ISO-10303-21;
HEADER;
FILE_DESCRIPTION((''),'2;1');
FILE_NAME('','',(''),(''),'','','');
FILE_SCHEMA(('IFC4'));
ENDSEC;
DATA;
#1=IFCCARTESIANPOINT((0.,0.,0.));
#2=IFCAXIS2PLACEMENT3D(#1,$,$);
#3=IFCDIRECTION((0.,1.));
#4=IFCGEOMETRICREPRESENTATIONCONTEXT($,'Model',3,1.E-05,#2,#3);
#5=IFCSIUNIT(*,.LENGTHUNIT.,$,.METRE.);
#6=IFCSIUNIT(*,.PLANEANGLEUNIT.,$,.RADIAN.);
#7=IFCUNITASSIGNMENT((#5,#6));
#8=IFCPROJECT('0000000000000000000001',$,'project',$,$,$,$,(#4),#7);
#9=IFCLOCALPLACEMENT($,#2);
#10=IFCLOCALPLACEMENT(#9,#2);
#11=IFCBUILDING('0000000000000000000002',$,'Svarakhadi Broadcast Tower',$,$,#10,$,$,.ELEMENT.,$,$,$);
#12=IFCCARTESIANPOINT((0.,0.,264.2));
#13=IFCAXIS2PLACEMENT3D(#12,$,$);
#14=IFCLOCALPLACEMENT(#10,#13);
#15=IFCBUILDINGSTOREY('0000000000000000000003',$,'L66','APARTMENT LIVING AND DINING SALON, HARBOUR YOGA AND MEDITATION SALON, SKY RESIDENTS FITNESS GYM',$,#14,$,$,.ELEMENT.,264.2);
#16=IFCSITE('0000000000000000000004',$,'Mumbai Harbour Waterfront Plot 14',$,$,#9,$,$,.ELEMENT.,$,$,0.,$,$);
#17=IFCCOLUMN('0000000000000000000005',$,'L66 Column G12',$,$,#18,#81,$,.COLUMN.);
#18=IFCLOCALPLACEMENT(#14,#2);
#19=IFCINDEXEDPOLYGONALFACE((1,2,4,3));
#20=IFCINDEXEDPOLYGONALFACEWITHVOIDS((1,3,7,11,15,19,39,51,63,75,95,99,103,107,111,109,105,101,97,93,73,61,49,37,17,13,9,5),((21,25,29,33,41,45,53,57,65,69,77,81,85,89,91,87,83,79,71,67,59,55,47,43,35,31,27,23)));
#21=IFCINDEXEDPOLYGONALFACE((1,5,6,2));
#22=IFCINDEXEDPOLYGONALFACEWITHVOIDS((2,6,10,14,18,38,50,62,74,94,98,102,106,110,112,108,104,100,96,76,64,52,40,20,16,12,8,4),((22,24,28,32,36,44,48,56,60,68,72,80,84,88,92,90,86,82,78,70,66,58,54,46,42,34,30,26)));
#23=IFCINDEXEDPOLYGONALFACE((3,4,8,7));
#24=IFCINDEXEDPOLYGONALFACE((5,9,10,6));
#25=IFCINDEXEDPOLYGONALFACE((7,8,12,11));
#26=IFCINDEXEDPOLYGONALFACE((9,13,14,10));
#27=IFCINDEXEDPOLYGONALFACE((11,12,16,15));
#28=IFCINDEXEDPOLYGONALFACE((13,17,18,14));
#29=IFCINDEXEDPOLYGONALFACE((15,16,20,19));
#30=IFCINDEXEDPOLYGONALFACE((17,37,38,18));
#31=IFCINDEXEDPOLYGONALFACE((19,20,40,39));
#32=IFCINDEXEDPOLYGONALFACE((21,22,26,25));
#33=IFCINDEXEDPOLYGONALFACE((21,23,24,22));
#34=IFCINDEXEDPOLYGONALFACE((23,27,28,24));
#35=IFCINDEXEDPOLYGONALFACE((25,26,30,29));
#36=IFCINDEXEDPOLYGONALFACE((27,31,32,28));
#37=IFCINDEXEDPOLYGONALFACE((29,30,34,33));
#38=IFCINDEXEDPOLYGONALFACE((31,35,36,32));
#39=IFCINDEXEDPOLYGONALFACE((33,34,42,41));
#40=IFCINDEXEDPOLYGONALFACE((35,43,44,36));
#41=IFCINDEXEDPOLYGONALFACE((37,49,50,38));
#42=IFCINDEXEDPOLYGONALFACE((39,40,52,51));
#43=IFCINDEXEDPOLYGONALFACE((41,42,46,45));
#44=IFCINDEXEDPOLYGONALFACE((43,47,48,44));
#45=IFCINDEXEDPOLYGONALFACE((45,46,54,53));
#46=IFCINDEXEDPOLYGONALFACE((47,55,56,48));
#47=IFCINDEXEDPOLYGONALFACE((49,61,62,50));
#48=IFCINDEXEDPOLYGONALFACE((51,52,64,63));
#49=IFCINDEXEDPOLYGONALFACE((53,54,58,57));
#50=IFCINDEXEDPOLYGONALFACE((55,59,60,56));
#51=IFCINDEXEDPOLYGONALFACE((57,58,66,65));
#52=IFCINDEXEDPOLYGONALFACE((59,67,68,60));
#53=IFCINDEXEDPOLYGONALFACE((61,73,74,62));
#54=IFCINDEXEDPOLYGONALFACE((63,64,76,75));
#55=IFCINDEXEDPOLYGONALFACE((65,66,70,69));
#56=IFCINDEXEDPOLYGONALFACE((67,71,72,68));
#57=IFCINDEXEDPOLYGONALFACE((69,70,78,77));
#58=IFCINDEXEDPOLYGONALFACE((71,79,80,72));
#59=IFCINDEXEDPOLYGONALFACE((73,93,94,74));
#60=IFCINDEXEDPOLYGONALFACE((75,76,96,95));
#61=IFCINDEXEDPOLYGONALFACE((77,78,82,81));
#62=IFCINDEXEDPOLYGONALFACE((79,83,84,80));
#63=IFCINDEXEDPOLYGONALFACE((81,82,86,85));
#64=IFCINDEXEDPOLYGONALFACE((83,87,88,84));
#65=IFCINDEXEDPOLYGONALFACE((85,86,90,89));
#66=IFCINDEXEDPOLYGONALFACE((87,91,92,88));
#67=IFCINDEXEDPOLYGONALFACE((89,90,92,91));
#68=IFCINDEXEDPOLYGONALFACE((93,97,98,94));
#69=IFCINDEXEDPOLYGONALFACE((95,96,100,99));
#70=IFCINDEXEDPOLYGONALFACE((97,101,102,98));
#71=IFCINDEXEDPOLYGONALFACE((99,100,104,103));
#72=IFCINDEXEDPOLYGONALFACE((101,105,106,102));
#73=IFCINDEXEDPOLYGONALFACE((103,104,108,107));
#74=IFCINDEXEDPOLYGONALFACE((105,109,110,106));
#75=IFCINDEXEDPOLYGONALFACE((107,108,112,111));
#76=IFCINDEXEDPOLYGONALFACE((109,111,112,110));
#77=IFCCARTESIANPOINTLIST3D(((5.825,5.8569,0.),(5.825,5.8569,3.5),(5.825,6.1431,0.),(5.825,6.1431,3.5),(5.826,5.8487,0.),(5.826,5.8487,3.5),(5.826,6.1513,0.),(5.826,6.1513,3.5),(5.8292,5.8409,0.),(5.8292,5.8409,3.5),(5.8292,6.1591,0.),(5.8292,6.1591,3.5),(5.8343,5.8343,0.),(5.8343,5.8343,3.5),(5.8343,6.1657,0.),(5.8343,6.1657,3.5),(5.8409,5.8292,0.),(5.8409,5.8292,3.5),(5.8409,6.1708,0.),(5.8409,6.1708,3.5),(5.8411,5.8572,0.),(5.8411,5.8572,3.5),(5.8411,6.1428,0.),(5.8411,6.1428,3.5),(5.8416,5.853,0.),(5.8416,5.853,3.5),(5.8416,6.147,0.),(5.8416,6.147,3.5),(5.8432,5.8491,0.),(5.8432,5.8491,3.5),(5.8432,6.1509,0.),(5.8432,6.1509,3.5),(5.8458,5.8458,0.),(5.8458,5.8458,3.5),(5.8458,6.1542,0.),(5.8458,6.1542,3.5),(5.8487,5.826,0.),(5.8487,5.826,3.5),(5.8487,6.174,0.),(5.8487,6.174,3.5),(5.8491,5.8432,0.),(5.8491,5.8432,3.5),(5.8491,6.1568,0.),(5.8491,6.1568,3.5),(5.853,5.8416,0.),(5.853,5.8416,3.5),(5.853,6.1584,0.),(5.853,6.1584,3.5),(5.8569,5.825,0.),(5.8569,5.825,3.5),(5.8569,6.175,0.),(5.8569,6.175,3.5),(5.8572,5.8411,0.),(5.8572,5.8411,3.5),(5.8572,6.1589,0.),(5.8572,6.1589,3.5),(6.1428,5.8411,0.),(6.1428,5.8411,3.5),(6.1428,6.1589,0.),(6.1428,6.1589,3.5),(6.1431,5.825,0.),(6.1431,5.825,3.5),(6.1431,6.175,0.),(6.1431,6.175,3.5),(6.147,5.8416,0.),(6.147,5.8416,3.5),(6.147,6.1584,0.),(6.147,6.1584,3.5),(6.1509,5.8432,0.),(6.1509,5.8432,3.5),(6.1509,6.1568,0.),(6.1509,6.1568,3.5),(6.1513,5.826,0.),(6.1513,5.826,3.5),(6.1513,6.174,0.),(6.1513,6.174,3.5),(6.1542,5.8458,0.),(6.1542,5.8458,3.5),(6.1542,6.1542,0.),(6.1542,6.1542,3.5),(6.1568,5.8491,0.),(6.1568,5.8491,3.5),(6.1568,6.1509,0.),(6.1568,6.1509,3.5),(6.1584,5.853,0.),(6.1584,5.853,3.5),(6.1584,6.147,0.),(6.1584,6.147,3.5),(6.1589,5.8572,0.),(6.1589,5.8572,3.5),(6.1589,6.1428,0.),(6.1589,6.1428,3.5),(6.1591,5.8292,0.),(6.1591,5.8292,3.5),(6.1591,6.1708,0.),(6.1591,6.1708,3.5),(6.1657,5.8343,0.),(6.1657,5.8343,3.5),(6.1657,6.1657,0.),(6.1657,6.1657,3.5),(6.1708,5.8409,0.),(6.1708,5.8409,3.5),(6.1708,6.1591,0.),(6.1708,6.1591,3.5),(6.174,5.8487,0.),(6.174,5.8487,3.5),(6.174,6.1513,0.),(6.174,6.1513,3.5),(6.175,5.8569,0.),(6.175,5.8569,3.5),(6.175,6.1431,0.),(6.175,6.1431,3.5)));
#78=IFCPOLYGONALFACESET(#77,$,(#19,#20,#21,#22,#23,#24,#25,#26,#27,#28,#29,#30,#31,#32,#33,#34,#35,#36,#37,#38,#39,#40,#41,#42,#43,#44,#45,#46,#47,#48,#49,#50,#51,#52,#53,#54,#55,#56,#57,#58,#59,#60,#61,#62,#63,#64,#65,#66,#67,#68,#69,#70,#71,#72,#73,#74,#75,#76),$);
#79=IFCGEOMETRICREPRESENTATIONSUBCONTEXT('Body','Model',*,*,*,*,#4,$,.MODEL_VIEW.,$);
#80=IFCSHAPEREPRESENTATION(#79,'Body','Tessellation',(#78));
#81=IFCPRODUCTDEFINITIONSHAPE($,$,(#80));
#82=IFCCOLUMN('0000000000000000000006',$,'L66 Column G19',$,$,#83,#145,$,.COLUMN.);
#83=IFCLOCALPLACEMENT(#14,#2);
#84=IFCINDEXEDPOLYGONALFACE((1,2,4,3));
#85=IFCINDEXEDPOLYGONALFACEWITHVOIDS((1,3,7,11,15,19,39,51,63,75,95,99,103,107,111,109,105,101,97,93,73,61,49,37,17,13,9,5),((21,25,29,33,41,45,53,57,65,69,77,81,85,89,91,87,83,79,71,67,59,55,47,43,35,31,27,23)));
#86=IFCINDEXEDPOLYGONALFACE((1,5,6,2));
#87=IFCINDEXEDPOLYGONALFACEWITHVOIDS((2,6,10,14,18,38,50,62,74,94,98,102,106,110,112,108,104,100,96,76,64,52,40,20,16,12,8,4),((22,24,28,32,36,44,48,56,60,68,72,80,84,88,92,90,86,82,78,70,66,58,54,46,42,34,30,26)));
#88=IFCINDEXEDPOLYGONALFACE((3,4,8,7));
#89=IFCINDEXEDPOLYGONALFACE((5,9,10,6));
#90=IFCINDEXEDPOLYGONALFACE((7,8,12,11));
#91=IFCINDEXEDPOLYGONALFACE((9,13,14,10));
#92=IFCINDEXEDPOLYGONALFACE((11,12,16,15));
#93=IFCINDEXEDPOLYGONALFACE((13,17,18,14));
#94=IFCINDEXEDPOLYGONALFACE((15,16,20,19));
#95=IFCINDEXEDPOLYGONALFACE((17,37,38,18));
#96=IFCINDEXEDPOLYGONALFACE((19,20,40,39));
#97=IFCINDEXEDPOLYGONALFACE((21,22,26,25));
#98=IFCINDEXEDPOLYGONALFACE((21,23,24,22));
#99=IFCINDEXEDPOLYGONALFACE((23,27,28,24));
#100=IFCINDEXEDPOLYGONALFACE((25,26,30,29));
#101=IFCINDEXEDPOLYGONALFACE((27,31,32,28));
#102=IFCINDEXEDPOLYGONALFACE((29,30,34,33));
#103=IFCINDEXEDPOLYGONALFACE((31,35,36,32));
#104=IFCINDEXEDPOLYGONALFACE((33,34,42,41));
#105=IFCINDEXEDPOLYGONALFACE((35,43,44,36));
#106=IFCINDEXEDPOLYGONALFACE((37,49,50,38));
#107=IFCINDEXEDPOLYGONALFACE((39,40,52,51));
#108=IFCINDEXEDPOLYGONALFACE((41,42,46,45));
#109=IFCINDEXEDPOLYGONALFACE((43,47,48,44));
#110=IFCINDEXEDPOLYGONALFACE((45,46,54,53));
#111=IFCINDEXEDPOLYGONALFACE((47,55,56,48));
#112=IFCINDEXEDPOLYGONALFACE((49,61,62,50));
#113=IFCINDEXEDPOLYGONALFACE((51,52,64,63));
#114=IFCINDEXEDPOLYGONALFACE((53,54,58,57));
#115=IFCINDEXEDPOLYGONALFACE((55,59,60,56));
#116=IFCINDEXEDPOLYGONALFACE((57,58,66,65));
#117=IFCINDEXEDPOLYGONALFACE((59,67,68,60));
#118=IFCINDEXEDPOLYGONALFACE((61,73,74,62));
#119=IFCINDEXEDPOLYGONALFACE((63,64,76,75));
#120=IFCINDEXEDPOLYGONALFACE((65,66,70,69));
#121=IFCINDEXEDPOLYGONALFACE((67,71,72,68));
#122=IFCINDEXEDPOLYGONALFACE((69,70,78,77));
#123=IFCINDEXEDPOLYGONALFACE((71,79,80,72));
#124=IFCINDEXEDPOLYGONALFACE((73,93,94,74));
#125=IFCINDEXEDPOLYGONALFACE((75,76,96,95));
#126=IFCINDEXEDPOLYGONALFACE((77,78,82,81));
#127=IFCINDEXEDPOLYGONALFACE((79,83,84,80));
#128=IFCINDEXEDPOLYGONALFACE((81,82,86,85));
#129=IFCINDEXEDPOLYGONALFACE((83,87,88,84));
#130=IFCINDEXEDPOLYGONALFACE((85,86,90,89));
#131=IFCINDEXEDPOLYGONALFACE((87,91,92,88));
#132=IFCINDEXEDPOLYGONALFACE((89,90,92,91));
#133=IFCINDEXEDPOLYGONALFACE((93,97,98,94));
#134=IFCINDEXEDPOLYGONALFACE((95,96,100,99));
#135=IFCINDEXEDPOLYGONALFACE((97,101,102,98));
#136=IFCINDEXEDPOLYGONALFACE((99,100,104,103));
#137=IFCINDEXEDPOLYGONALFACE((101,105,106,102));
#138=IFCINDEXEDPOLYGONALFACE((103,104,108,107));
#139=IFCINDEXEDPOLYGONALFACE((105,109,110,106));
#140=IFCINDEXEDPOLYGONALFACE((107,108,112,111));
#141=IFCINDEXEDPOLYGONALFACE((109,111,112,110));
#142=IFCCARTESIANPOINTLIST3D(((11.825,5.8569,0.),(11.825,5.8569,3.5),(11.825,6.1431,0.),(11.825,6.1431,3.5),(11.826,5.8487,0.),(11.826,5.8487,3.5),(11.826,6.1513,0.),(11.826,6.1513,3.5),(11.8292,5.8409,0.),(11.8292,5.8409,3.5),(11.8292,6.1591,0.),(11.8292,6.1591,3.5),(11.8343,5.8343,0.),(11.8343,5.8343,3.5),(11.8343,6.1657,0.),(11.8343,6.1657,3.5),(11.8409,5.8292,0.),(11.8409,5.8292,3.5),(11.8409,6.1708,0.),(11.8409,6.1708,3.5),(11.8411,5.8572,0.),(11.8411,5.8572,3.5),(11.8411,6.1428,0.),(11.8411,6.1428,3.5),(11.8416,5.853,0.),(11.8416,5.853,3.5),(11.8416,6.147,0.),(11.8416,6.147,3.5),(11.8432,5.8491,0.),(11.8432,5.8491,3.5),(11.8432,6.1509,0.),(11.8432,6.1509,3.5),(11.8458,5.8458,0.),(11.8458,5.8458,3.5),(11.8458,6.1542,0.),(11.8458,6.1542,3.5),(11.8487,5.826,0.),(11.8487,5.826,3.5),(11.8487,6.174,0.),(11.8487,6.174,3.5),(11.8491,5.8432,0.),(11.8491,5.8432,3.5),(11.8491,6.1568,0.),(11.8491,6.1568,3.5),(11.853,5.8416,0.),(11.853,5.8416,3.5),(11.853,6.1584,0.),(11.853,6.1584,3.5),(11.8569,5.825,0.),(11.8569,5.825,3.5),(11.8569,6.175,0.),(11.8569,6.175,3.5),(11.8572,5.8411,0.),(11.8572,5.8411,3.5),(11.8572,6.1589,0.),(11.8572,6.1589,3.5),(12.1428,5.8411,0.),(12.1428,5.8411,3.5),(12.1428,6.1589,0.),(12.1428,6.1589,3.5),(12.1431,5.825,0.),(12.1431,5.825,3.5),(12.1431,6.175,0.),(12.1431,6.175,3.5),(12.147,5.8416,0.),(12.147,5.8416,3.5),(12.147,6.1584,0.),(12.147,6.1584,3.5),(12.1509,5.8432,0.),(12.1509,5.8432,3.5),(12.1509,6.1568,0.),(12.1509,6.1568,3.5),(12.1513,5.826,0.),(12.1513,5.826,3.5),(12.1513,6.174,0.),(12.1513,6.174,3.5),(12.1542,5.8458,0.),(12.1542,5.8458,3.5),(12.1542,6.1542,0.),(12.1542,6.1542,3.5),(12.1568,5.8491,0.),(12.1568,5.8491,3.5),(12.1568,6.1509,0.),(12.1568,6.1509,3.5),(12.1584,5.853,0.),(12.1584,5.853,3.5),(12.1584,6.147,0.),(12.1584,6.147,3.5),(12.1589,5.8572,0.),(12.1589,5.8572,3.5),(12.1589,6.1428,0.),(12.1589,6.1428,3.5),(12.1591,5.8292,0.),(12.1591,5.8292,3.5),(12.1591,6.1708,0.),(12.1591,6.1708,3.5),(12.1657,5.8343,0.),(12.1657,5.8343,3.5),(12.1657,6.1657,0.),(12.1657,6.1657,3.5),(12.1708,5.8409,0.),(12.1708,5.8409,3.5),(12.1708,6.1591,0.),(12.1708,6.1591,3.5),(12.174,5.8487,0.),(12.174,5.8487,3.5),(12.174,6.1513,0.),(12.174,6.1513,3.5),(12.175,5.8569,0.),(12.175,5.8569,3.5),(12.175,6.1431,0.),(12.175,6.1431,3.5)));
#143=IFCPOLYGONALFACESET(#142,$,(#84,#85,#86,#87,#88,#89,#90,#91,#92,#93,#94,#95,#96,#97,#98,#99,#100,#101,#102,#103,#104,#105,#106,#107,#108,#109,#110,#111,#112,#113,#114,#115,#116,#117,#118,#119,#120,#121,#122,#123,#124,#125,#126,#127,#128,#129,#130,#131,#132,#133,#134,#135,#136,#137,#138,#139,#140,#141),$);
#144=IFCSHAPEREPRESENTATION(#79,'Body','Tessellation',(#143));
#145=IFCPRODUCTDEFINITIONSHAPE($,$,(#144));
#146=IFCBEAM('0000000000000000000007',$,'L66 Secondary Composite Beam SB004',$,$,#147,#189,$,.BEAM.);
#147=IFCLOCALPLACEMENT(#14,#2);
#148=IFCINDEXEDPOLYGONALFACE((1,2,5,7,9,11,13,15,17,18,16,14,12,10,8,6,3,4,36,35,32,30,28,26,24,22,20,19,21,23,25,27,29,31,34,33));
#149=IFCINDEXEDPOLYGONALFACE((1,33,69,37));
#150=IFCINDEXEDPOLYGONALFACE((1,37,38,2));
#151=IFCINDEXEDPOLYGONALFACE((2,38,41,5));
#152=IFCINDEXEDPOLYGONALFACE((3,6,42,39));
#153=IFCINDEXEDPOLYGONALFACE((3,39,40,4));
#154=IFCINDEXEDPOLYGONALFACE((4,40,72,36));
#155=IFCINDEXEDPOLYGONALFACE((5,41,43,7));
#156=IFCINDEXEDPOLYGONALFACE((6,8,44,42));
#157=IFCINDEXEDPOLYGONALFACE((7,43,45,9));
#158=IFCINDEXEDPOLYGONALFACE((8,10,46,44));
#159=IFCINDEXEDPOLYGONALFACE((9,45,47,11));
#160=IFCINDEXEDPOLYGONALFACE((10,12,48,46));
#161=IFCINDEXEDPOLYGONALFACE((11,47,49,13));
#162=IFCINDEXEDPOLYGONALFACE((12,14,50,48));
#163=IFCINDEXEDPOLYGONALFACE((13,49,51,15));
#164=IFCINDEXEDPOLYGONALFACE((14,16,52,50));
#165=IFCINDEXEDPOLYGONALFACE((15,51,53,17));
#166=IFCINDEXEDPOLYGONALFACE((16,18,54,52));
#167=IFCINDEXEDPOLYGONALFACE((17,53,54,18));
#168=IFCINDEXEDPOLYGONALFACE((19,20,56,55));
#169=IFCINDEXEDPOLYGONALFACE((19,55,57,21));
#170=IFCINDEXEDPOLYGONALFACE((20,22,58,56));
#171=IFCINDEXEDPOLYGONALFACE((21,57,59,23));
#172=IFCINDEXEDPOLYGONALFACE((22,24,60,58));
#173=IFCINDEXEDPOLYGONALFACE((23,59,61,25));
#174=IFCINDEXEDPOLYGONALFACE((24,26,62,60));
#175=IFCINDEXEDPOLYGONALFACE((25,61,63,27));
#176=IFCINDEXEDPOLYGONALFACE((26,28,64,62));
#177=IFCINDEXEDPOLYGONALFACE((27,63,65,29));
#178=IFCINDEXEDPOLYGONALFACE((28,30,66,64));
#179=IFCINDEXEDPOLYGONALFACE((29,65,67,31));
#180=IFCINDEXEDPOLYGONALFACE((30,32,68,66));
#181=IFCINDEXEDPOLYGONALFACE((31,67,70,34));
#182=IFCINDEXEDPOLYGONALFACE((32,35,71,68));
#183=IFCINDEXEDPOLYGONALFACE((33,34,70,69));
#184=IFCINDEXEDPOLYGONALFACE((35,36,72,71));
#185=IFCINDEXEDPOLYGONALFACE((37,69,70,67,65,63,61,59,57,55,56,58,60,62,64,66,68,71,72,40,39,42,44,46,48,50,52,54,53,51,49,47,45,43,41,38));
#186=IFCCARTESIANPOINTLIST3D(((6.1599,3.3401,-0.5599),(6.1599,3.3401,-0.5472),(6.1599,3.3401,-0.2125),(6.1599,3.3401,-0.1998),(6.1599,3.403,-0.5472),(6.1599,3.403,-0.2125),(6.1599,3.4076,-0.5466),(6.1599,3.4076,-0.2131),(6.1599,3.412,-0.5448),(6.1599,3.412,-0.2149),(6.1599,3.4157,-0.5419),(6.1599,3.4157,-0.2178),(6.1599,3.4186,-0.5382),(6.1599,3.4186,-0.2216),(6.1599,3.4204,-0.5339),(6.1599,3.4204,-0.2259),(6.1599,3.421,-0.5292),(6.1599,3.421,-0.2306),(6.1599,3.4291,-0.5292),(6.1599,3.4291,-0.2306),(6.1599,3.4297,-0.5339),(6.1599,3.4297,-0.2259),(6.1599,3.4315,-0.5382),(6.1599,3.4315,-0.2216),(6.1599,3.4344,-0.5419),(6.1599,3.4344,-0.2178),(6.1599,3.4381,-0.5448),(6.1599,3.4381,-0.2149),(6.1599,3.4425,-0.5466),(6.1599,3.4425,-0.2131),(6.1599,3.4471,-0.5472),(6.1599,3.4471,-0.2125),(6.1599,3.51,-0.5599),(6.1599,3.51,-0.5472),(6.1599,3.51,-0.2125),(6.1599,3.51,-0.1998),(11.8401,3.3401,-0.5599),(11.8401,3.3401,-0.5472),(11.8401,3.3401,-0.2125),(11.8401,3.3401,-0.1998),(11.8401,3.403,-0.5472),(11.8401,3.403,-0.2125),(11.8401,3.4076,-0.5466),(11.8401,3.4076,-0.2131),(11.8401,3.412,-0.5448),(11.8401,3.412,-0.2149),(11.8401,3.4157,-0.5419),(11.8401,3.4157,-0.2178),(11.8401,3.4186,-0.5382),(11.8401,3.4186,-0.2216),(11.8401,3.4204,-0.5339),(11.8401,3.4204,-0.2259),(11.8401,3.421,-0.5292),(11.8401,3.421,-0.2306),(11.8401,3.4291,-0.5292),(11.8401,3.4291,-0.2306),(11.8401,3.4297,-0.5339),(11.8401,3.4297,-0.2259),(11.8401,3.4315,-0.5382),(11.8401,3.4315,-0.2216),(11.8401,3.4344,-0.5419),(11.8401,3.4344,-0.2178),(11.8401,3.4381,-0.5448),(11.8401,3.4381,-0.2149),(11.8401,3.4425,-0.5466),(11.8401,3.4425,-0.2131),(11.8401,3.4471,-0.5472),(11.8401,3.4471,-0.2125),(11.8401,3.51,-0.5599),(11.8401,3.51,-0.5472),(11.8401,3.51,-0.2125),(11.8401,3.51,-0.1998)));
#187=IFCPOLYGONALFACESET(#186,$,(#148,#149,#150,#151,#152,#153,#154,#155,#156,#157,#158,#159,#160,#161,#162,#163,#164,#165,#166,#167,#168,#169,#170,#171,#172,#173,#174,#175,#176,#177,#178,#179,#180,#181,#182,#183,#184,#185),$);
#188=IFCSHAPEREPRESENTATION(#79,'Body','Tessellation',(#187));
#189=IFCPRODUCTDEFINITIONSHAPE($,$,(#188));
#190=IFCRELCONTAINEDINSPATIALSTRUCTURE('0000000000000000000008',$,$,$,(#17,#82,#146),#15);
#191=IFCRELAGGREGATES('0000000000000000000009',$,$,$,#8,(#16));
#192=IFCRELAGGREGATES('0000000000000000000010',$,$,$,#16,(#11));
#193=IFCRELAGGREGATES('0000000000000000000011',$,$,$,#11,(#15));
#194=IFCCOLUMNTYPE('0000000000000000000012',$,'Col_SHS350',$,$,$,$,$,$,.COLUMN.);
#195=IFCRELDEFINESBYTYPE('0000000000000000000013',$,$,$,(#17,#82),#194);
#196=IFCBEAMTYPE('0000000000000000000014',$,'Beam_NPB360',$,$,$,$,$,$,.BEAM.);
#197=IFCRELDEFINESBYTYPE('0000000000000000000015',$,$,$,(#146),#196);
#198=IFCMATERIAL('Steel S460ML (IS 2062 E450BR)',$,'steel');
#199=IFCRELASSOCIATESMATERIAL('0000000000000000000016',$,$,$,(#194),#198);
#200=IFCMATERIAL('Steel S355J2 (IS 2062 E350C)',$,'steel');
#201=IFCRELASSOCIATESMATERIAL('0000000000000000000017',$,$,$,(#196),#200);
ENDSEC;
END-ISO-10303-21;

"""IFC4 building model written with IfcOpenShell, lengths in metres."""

from ifc_helpers import new_model, si_unit, direction, frame, origin, origin_2d, place, context, subcontext, project, spatial, hollow_rectangle, i_section, extrude, material, material_profile, profile_set, type_object, element, save


model = new_model("IFC4")

# Units and contexts
model_context = context("Model", 3, precision=1e-05, world=origin(), true_north=direction((0.0, 1.0)))
body_context = subcontext(model_context, "Body", "Model", "MODEL_VIEW")
ifc_project = project(units=[si_unit("LENGTHUNIT", "METRE"), si_unit("PLANEANGLEUNIT", "RADIAN")], contexts=[model_context])

# Site, building, storey
site_placement = place(None, origin())
site = spatial("IfcSite", under=ifc_project, at=site_placement, Name="Mumbai Harbour Waterfront Plot 14", CompositionType="ELEMENT", RefElevation=0.0)
building_placement = place(site_placement, origin())
building = spatial("IfcBuilding", under=site, at=building_placement, Name="Svarakhadi Broadcast Tower", CompositionType="ELEMENT")
storey_placement = place(building_placement, frame((0.0, 0.0, 264.2)))
storey = spatial("IfcBuildingStorey", under=building, at=storey_placement, Name="L66", Description="APARTMENT LIVING AND DINING SALON, HARBOUR YOGA AND MEDITATION SALON, SKY RESIDENTS FITNESS GYM", CompositionType="ELEMENT", Elevation=264.2)

# Columns
ifc_material_1 = material(Name="Steel S460ML (IS 2062 E450BR)", Category="steel")
ifc_material_profile_1 = material_profile(ifc_material_1, hollow_rectangle(XDim=0.3501, YDim=0.3501, WallThickness=0.0161, InnerFilletRadius=0.0161, OuterFilletRadius=0.032, at=origin_2d()), Name="SHS 350x350x16")
ifc_profile_set_1 = profile_set([ifc_material_profile_1], Name="Steel S460ML (IS 2062 E450BR)")
column_type = type_object("IfcColumnType", Name="Col_SHS350", PredefinedType="COLUMN", material=ifc_profile_set_1)
for number, where, z_axis, x_axis, name in (
    (1, (6.0, 6.0, 0.0), (0.0, 0.0, 1.0), (1.0, 0.0, 0.0), "L66 Column G12"),
    (2, (12.0, 6.0, 0.0), (0.0, 0.0, 1.0), (1.0, 0.0, 0.0), "L66 Column G19"),
):
    element("IfcColumn", number, at=place(storey_placement, frame(where, z_axis=z_axis, x_axis=x_axis)), inside=storey, type_object=column_type, Name=name, PredefinedType="COLUMN", context=body_context, shape_type="SweptSolid", body=[
        extrude(hollow_rectangle(XDim=0.3501, YDim=0.3501, WallThickness=0.0161, InnerFilletRadius=0.0161, OuterFilletRadius=0.032, at=origin_2d()), origin(), (0.0, 0.0, 1.0), 3.5),
    ])

# Beam
ifc_material_2 = material(Name="Steel S355J2 (IS 2062 E350C)", Category="steel")
ifc_material_profile_2 = material_profile(ifc_material_2, i_section(OverallWidth=0.1699, OverallDepth=0.3601, WebThickness=0.0081, FlangeThickness=0.0127, FilletRadius=0.0181, at=origin_2d()), Name="NPB 360x170x57")
ifc_profile_set_2 = profile_set([ifc_material_profile_2], Name="Steel S355J2 (IS 2062 E350C)")
beam_type_1 = type_object("IfcBeamType", Name="Beam_NPB360", PredefinedType="BEAM", material=ifc_profile_set_2)
for number, where, z_axis, x_axis, name in (
    (3, (6.1599, 3.425, -0.3799), (1.0, 0.0, 0.0), (0.0, 1.0, 0.0), "L66 Secondary Composite Beam SB004"),
):
    element("IfcBeam", number, at=place(storey_placement, frame(where, z_axis=z_axis, x_axis=x_axis)), inside=storey, type_object=beam_type_1, Name=name, PredefinedType="BEAM", context=body_context, shape_type="SweptSolid", body=[
        extrude(i_section(OverallWidth=0.1699, OverallDepth=0.3601, WebThickness=0.0081, FlangeThickness=0.0127, FilletRadius=0.0181, at=origin_2d()), origin(), (0.0, 0.0, 1.0), 5.6802),
    ])

save(model, "model.ifc")
